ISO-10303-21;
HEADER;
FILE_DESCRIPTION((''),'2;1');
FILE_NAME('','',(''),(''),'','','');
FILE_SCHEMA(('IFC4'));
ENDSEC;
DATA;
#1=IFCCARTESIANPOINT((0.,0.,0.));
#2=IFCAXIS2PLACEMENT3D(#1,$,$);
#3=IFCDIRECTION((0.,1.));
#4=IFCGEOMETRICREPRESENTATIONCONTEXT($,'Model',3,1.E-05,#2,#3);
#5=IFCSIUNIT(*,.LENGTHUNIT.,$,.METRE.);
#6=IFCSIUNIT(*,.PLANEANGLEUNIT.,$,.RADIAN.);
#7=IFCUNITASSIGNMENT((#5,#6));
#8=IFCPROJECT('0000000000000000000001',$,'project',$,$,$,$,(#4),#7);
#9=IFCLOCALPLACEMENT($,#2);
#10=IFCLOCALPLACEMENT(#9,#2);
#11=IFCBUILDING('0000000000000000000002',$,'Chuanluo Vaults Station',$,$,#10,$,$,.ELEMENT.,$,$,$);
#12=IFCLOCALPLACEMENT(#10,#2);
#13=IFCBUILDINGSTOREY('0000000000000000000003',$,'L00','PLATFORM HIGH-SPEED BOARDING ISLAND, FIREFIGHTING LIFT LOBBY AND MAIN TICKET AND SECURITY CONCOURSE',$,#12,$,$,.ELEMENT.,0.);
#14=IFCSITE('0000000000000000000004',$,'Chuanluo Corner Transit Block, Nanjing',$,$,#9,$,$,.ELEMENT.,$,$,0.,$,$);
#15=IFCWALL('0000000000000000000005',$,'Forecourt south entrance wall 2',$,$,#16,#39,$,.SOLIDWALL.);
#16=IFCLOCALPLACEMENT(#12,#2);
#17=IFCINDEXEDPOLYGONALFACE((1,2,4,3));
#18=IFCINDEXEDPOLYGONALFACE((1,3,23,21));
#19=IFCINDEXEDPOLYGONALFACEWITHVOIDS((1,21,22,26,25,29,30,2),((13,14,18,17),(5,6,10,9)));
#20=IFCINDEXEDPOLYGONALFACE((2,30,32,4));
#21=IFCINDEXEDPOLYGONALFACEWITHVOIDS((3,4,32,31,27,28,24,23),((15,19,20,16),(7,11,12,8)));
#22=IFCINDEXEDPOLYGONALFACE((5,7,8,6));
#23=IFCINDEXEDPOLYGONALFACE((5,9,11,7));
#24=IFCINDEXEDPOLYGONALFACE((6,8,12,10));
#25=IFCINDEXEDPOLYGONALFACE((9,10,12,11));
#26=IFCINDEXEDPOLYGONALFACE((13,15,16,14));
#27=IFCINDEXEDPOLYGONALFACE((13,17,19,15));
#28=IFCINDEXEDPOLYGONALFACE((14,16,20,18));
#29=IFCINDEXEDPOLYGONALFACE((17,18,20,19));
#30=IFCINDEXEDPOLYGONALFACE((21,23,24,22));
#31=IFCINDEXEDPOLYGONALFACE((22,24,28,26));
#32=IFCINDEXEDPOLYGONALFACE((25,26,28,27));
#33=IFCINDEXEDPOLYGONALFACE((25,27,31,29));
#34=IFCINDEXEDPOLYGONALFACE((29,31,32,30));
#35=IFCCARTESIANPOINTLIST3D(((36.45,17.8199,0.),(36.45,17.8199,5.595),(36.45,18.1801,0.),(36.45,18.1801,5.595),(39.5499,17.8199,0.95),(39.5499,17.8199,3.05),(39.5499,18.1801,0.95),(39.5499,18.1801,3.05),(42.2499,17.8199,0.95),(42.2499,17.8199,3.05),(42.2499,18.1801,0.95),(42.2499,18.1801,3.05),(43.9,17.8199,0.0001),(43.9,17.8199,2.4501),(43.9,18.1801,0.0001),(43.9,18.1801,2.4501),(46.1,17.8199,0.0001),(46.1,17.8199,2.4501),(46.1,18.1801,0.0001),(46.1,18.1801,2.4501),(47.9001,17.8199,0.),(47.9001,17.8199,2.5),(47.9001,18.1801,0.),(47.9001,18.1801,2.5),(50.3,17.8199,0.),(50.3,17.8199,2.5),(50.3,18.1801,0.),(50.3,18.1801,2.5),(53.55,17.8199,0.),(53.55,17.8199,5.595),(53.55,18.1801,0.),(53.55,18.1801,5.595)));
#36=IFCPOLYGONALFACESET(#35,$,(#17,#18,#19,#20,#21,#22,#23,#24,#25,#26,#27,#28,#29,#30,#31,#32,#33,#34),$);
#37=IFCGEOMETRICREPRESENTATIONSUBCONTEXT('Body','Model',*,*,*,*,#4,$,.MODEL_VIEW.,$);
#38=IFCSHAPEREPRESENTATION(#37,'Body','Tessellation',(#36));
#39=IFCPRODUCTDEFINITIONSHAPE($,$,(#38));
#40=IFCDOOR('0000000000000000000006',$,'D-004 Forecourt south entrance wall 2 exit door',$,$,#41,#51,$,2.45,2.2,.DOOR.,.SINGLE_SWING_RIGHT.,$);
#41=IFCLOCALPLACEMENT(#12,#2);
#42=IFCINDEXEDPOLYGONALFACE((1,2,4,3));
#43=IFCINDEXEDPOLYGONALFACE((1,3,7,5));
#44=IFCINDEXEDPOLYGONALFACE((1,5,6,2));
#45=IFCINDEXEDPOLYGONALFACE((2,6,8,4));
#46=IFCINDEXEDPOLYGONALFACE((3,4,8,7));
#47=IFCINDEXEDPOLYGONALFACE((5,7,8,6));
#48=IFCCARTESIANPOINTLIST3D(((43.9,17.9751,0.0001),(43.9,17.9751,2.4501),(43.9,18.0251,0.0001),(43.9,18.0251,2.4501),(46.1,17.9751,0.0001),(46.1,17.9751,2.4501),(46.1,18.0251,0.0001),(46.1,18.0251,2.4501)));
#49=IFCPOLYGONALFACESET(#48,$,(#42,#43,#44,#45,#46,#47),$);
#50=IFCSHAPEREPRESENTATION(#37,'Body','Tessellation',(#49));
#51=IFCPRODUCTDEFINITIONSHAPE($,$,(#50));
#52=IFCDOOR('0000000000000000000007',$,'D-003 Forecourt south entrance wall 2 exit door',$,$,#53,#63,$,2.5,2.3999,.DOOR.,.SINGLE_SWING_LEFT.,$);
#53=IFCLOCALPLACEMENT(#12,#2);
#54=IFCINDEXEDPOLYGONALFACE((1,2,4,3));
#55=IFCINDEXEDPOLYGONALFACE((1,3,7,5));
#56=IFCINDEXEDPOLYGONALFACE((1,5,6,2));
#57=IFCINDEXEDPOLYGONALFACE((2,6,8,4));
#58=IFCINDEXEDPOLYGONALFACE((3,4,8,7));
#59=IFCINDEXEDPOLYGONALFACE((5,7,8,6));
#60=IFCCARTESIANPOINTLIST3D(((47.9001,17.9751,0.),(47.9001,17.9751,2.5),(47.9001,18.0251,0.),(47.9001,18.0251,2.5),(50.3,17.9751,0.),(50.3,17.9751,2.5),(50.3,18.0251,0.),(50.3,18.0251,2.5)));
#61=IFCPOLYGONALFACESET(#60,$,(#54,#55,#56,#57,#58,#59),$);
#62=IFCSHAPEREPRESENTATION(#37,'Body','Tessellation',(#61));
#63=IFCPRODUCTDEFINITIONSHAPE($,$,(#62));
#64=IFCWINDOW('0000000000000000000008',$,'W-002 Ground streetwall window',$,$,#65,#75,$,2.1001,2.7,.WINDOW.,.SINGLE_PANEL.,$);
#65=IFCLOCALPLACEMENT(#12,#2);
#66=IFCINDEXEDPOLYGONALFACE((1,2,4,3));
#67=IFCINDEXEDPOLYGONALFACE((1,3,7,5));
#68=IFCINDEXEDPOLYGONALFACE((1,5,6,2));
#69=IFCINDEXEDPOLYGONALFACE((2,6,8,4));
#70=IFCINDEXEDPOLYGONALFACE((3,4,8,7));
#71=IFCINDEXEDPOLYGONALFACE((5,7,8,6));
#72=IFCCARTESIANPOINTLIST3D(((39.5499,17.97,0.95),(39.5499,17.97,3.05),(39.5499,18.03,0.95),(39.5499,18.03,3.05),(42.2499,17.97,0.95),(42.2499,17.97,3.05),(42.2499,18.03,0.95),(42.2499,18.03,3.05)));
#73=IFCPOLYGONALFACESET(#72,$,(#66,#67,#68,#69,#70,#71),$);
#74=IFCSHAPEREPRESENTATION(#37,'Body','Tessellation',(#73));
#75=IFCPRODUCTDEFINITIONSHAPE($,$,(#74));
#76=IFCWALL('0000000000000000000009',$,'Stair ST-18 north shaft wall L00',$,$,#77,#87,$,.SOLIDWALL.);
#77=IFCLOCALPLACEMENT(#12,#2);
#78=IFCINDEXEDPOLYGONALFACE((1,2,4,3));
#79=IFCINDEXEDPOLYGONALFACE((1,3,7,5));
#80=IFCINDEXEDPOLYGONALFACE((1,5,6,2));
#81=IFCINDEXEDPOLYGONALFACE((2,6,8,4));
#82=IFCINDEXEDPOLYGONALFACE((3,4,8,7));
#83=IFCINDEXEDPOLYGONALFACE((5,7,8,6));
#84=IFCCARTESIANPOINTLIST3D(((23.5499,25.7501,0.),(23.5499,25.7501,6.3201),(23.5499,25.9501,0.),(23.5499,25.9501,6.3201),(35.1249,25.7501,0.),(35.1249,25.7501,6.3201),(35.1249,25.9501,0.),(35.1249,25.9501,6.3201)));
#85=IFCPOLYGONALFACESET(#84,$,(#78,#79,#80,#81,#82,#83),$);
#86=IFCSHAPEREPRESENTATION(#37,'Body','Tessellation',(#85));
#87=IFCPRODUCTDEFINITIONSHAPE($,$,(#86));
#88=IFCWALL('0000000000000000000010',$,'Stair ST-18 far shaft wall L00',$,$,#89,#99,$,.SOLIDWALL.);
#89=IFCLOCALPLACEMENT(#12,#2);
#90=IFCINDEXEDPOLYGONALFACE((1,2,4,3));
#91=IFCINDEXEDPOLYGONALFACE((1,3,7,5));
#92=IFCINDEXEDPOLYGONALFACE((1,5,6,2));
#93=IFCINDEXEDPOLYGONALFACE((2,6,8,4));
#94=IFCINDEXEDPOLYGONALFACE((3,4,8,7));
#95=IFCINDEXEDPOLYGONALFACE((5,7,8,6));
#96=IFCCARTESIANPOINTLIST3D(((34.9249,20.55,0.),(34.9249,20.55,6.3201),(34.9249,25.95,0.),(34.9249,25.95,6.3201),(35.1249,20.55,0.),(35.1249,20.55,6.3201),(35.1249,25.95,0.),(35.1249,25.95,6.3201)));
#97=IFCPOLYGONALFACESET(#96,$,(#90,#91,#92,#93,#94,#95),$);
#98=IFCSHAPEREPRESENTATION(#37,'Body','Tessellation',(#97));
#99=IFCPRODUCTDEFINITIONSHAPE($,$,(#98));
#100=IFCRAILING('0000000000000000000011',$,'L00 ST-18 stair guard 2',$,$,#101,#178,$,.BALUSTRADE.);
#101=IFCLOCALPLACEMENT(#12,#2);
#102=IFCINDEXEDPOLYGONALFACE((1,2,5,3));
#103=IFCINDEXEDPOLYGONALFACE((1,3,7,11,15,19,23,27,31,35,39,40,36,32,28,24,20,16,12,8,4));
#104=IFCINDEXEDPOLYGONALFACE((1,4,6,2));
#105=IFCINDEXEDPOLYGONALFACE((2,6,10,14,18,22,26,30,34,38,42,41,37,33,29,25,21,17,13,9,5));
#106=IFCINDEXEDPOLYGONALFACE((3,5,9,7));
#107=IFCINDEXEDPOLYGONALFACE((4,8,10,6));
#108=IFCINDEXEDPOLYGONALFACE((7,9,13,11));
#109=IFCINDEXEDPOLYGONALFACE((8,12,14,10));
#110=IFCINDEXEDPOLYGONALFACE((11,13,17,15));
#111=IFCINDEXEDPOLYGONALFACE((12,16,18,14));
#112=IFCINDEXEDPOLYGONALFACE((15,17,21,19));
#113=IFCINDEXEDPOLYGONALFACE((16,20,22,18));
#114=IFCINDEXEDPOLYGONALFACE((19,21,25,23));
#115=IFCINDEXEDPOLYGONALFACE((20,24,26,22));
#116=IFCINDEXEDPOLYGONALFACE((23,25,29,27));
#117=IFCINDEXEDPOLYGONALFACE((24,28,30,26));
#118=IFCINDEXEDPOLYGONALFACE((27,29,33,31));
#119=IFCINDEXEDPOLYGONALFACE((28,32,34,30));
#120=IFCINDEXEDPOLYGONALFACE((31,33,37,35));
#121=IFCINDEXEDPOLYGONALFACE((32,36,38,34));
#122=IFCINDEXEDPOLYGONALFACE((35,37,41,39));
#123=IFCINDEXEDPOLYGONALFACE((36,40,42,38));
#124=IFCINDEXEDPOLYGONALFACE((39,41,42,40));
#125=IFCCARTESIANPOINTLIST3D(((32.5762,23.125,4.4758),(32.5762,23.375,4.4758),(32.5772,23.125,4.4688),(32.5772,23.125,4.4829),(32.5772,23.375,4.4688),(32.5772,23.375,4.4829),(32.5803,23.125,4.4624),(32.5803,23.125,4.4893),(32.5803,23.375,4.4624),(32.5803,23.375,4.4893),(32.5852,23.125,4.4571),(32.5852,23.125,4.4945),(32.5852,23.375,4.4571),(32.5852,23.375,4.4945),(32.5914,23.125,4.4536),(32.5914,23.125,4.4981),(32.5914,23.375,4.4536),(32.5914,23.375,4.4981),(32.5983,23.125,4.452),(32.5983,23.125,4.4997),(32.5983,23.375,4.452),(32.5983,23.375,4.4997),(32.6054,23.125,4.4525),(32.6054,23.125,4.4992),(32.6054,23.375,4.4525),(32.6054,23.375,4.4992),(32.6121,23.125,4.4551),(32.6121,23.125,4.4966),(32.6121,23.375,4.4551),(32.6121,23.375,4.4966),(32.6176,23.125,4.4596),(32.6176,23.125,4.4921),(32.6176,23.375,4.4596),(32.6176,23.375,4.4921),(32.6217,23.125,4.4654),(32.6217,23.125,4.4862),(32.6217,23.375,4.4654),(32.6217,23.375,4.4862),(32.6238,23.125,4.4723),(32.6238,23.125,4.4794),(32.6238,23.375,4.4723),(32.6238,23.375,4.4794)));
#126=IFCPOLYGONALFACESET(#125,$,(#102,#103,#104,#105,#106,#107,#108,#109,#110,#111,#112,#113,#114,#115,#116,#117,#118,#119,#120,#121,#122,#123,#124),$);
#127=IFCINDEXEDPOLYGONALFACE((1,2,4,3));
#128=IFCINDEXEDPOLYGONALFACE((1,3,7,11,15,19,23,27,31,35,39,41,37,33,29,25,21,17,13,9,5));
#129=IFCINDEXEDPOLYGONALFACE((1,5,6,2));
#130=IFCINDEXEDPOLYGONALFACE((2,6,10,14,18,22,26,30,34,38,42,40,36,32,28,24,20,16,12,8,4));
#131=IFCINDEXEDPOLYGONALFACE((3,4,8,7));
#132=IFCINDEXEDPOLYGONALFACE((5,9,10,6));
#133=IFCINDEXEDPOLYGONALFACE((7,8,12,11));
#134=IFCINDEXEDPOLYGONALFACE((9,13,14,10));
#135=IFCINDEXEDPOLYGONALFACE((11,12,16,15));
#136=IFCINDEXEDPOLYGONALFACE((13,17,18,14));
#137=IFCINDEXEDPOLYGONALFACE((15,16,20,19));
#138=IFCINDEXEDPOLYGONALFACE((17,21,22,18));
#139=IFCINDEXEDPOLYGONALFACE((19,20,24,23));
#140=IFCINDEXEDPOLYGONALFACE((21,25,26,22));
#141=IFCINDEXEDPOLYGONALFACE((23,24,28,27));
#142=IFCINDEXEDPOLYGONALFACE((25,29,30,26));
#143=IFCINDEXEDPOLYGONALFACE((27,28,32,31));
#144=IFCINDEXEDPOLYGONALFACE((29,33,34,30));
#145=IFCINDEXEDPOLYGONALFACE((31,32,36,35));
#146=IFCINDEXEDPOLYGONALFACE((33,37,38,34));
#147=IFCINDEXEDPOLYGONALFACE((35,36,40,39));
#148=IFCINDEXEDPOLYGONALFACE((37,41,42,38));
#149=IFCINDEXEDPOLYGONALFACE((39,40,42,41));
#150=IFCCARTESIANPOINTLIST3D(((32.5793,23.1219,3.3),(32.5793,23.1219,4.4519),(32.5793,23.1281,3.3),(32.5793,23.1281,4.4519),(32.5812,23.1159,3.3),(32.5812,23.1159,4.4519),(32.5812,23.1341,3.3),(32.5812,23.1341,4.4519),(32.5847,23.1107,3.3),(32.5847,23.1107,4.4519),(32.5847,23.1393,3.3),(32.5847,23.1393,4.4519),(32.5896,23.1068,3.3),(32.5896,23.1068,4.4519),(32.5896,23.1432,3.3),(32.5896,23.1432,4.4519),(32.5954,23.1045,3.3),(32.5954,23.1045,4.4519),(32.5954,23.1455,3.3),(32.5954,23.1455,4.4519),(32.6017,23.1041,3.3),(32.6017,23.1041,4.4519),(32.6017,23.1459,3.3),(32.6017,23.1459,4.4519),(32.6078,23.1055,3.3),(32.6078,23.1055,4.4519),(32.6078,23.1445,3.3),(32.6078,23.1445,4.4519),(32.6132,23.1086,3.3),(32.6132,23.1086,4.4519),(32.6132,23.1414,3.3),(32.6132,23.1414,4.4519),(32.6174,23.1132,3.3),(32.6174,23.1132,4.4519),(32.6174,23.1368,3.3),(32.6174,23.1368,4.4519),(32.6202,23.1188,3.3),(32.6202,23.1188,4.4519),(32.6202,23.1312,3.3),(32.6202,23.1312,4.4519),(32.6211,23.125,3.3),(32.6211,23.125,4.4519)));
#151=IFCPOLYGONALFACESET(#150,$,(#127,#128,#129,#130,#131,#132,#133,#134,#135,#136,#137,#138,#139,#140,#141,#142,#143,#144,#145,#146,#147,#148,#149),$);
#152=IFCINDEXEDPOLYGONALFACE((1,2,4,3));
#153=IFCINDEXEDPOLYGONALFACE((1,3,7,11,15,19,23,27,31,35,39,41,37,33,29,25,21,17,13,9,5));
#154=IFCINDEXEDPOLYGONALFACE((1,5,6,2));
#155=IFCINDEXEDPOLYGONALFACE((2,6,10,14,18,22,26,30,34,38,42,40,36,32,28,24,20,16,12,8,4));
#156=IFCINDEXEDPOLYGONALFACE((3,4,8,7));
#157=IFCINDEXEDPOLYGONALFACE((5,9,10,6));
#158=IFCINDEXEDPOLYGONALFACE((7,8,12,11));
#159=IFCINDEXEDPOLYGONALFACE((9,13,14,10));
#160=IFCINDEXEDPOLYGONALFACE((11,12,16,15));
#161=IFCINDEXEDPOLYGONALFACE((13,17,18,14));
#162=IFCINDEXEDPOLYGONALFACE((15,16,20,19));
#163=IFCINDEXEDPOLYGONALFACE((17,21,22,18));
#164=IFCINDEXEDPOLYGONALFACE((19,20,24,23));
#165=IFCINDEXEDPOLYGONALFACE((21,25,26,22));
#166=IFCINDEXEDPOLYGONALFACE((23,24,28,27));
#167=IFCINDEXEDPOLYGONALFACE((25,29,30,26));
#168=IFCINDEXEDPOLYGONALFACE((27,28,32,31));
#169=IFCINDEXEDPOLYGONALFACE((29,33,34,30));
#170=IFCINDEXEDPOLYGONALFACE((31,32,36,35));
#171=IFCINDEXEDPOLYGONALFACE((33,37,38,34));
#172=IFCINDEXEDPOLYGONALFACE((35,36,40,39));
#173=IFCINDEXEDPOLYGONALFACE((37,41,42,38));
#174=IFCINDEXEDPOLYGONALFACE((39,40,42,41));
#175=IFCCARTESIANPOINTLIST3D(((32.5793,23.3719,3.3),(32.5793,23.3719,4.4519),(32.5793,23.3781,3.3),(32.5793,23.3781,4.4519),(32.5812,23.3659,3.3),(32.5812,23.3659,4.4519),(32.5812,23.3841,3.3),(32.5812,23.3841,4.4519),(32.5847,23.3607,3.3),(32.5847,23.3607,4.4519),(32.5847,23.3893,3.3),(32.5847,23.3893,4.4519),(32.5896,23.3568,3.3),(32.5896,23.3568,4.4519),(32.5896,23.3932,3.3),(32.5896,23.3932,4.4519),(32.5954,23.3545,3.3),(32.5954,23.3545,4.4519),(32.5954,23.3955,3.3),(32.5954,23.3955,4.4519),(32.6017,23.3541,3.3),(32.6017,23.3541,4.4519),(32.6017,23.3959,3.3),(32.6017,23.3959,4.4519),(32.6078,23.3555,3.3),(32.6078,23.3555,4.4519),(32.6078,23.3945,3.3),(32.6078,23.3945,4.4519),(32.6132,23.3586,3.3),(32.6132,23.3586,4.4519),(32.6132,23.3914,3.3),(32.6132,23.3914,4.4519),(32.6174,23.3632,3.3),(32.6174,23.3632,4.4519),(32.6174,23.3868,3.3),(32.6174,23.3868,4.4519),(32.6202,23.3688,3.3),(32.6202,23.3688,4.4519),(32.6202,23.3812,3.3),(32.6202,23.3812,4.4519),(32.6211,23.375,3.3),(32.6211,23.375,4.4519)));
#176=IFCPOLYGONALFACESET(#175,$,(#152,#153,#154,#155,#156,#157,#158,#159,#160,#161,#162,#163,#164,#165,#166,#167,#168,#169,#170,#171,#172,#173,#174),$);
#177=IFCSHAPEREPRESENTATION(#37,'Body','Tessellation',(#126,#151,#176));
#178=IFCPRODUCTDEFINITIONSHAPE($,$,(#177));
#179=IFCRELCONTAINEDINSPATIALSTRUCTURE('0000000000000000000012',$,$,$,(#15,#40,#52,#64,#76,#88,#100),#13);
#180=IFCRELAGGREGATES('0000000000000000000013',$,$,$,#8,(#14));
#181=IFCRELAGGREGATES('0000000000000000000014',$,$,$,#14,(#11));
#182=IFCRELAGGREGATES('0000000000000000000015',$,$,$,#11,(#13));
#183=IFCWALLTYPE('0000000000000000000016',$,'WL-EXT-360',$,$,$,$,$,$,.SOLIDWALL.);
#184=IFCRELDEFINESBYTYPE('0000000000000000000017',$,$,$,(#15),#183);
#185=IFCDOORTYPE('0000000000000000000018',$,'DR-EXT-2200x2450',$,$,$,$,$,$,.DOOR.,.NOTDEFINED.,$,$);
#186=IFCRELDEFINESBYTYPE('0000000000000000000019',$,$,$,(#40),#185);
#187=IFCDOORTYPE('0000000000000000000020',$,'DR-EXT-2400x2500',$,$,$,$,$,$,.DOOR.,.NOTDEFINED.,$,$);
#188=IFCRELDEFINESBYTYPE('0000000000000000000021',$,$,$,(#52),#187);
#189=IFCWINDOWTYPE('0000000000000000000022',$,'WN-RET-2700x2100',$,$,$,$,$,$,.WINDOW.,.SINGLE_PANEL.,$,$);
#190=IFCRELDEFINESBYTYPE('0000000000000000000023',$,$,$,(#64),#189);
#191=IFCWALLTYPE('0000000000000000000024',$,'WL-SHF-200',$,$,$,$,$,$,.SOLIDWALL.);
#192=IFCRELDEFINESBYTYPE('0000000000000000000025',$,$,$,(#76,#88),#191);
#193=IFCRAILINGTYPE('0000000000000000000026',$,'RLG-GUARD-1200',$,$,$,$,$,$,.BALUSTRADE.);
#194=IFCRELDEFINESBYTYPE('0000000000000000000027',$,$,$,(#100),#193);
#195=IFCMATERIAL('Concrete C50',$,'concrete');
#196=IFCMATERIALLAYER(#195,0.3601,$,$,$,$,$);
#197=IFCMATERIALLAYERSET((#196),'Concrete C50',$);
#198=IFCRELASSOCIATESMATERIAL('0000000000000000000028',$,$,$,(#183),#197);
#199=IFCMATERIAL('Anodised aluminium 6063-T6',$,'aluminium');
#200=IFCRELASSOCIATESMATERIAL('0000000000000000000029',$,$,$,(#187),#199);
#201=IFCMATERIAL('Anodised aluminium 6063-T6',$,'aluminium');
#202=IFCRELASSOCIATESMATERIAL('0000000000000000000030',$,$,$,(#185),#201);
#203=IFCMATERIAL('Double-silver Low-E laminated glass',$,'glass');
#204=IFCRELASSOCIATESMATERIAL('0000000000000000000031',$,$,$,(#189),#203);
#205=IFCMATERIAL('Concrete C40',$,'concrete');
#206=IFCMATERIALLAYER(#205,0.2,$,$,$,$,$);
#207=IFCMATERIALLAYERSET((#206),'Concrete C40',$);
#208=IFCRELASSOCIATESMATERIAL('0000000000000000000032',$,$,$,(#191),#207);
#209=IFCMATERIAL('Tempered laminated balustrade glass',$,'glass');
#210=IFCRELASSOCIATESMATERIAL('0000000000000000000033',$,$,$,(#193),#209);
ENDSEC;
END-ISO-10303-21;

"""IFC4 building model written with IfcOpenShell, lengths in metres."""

from ifc_helpers import new_model, si_unit, direction, frame, frame_2d, origin, origin_2d, place, context, subcontext, project, spatial, rectangle, circle, extrude, material, layer, layer_set, type_object, element, fill, save


model = new_model("IFC4")

# Units and contexts
model_context = context("Model", 3, precision=1e-05, world=origin(), true_north=direction((0.0, 1.0)))
body_context = subcontext(model_context, "Body", "Model", "MODEL_VIEW")
ifc_project = project(units=[si_unit("LENGTHUNIT", "METRE"), si_unit("PLANEANGLEUNIT", "RADIAN")], contexts=[model_context])

# Site, building, storey
site_placement = place(None, origin())
site = spatial("IfcSite", under=ifc_project, at=site_placement, Name="Chuanluo Corner Transit Block, Nanjing", CompositionType="ELEMENT", RefElevation=0.0)
building_placement = place(site_placement, origin())
building = spatial("IfcBuilding", under=site, at=building_placement, Name="Chuanluo Vaults Station", CompositionType="ELEMENT")
storey_placement = place(building_placement, origin())
storey = spatial("IfcBuildingStorey", under=building, at=storey_placement, Name="L00", Description="PLATFORM HIGH-SPEED BOARDING ISLAND, FIREFIGHTING LIFT LOBBY AND MAIN TICKET AND SECURITY CONCOURSE", CompositionType="ELEMENT", Elevation=0.0)

# Wall, openings, doors, window
ifc_material_1 = material(Name="Concrete C50", Category="concrete")
ifc_layer_1 = layer(ifc_material_1, 0.3601)
ifc_layer_set_1 = layer_set([ifc_layer_1], Name="Concrete C50")
wall_type_1 = type_object("IfcWallType", Name="WL-EXT-360", PredefinedType="SOLIDWALL", material=ifc_layer_set_1)
ifc_material_2 = material(Name="Anodised aluminium 6063-T6", Category="aluminium")
door_type_1 = type_object("IfcDoorType", Name="DR-EXT-2400x2500", OperationType="NOTDEFINED", PredefinedType="DOOR", material=ifc_material_2)
wall_1_placement = place(storey_placement, frame((53.55, 18.0, 0.0), z_axis=(0.0, 0.0, 1.0), x_axis=(-1.0, 0.0, 0.0)))
wall_1 = element("IfcWall", 1, at=wall_1_placement, inside=storey, type_object=wall_type_1, Name="Forecourt south entrance wall 2", PredefinedType="SOLIDWALL", context=body_context, shape_type="SweptSolid", body=[
    extrude(rectangle(XDim=17.1001, YDim=0.3601, at=frame_2d((8.55, 0.0))), origin(), (0.0, 0.0, 1.0), 5.595),
])
opening_1_placement = place(wall_1_placement, frame((3.25, 0.0, 0.0)))
opening_1 = element("IfcOpeningElement", 2, at=opening_1_placement, cuts=wall_1, PredefinedType="OPENING", context=body_context, shape_type="SweptSolid", body=[
    extrude(rectangle(XDim=2.3999, YDim=2.5, at=frame_2d((1.2, 1.25))), frame((0.0, 0.1902, 0.0), z_axis=(0.0, -1.0, 0.0), x_axis=(1.0, 0.0, 0.0)), (0.0, 0.0, 1.0), 0.3801),
])
opening_2_placement = place(wall_1_placement, frame((7.45, 0.0, 0.0)))
opening_2 = element("IfcOpeningElement", 3, at=opening_2_placement, cuts=wall_1, PredefinedType="OPENING", context=body_context, shape_type="SweptSolid", body=[
    extrude(rectangle(XDim=2.2, YDim=2.45, at=frame_2d((1.1001, 1.2251))), frame((0.0, 0.1902, 0.0), z_axis=(0.0, -1.0, 0.0), x_axis=(1.0, 0.0, 0.0)), (0.0, 0.0, 1.0), 0.3801),
])
opening_3_placement = place(wall_1_placement, frame((11.3, 0.0, 0.95)))
opening_3 = element("IfcOpeningElement", 4, at=opening_3_placement, cuts=wall_1, PredefinedType="OPENING", context=body_context, shape_type="SweptSolid", body=[
    extrude(rectangle(XDim=2.7, YDim=2.1001, at=frame_2d((1.3501, 1.05))), frame((0.0, 0.1902, 0.0), z_axis=(0.0, -1.0, 0.0), x_axis=(1.0, 0.0, 0.0)), (0.0, 0.0, 1.0), 0.3801),
])
ifc_material_3 = material(Name="Anodised aluminium 6063-T6", Category="aluminium")
door_type_2 = type_object("IfcDoorType", Name="DR-EXT-2200x2450", OperationType="NOTDEFINED", PredefinedType="DOOR", material=ifc_material_3)
door_1_placement = place(opening_2_placement, origin())
door_1 = element("IfcDoor", 5, at=door_1_placement, inside=storey, type_object=door_type_2, Name="D-004 Forecourt south entrance wall 2 exit door", OperationType="SINGLE_SWING_RIGHT", OverallHeight=2.45, OverallWidth=2.2, PredefinedType="DOOR", context=body_context, shape_type="SweptSolid", body=[
    extrude(rectangle(XDim=2.2, YDim=2.45, at=frame_2d((1.1001, 1.2251))), frame((0.0, 0.0249, 0.0), z_axis=(0.0, -1.0, 0.0), x_axis=(1.0, 0.0, 0.0)), (0.0, 0.0, 1.0), 0.05),
])
fill(opening_2, door_1)
door_2_placement = place(opening_1_placement, origin())
door_2 = element("IfcDoor", 6, at=door_2_placement, inside=storey, type_object=door_type_1, Name="D-003 Forecourt south entrance wall 2 exit door", OperationType="SINGLE_SWING_LEFT", OverallHeight=2.5, OverallWidth=2.3999, PredefinedType="DOOR", context=body_context, shape_type="SweptSolid", body=[
    extrude(rectangle(XDim=2.3999, YDim=2.5, at=frame_2d((1.2, 1.25))), frame((0.0, 0.0249, 0.0), z_axis=(0.0, -1.0, 0.0), x_axis=(1.0, 0.0, 0.0)), (0.0, 0.0, 1.0), 0.05),
])
fill(opening_1, door_2)
ifc_material_4 = material(Name="Double-silver Low-E laminated glass", Category="glass")
window_type_1 = type_object("IfcWindowType", Name="WN-RET-2700x2100", PartitioningType="SINGLE_PANEL", PredefinedType="WINDOW", material=ifc_material_4)
window_1_placement = place(opening_3_placement, origin())
window_1 = element("IfcWindow", 7, at=window_1_placement, inside=storey, type_object=window_type_1, Name="W-002 Ground streetwall window", OverallHeight=2.1001, OverallWidth=2.7, PartitioningType="SINGLE_PANEL", PredefinedType="WINDOW", context=body_context, shape_type="SweptSolid", body=[
    extrude(rectangle(XDim=2.7, YDim=2.1001, at=frame_2d((1.3501, 1.05))), frame((0.0, 0.03, 0.0), z_axis=(0.0, -1.0, 0.0), x_axis=(1.0, 0.0, 0.0)), (0.0, 0.0, 1.0), 0.0601),
])
fill(opening_3, window_1)

# Walls
ifc_material_5 = material(Name="Concrete C40", Category="concrete")
ifc_layer_2 = layer(ifc_material_5, 0.2)
ifc_layer_set_2 = layer_set([ifc_layer_2], Name="Concrete C40")
wall_type_2 = type_object("IfcWallType", Name="WL-SHF-200", PredefinedType="SOLIDWALL", material=ifc_layer_set_2)
wall_2_placement = place(storey_placement, frame((35.125, 25.8501, 0.0), z_axis=(0.0, 0.0, 1.0), x_axis=(-1.0, 0.0, 0.0)))
element("IfcWall", 8, at=wall_2_placement, inside=storey, type_object=wall_type_2, Name="Stair ST-18 north shaft wall L00", PredefinedType="SOLIDWALL", context=body_context, shape_type="SweptSolid", body=[
    extrude(rectangle(XDim=11.575, YDim=0.2, at=frame_2d((5.7876, 0.0))), origin(), (0.0, 0.0, 1.0), 6.3201),
])
wall_3_placement = place(storey_placement, frame((35.0249, 20.55, 0.0), z_axis=(0.0, 0.0, 1.0), x_axis=(0.0, 1.0, 0.0)))
element("IfcWall", 9, at=wall_3_placement, inside=storey, type_object=wall_type_2, Name="Stair ST-18 far shaft wall L00", PredefinedType="SOLIDWALL", context=body_context, shape_type="SweptSolid", body=[
    extrude(rectangle(XDim=5.3999, YDim=0.2, at=frame_2d((2.7, 0.0))), origin(), (0.0, 0.0, 1.0), 6.3201),
])

# Railing
ifc_material_6 = material(Name="Tempered laminated balustrade glass", Category="glass")
railing_type = type_object("IfcRailingType", Name="RLG-GUARD-1200", PredefinedType="BALUSTRADE", material=ifc_material_6)
railing_placement = place(storey_placement, frame((32.6001, 23.125, 3.3)))
element("IfcRailing", 10, at=railing_placement, inside=storey, type_object=railing_type, Name="L00 ST-18 stair guard 2", PredefinedType="BALUSTRADE", context=body_context, shape_type="SweptSolid", body=[
    extrude(circle(Radius=0.0239, at=origin_2d()), frame((0.0, 0.0, 1.1758), z_axis=(0.0, 1.0, 0.0), x_axis=(-1.0, 0.0, 0.0)), (0.0, 0.0, 1.0), 0.25),
    extrude(circle(Radius=0.021, at=origin_2d()), origin(), (0.0, 0.0, 1.0), 1.1519),
    extrude(circle(Radius=0.021, at=origin_2d()), frame((0.0, 0.25, 0.0)), (0.0, 0.0, 1.0), 1.1519),
])

save(model, "model.ifc")
